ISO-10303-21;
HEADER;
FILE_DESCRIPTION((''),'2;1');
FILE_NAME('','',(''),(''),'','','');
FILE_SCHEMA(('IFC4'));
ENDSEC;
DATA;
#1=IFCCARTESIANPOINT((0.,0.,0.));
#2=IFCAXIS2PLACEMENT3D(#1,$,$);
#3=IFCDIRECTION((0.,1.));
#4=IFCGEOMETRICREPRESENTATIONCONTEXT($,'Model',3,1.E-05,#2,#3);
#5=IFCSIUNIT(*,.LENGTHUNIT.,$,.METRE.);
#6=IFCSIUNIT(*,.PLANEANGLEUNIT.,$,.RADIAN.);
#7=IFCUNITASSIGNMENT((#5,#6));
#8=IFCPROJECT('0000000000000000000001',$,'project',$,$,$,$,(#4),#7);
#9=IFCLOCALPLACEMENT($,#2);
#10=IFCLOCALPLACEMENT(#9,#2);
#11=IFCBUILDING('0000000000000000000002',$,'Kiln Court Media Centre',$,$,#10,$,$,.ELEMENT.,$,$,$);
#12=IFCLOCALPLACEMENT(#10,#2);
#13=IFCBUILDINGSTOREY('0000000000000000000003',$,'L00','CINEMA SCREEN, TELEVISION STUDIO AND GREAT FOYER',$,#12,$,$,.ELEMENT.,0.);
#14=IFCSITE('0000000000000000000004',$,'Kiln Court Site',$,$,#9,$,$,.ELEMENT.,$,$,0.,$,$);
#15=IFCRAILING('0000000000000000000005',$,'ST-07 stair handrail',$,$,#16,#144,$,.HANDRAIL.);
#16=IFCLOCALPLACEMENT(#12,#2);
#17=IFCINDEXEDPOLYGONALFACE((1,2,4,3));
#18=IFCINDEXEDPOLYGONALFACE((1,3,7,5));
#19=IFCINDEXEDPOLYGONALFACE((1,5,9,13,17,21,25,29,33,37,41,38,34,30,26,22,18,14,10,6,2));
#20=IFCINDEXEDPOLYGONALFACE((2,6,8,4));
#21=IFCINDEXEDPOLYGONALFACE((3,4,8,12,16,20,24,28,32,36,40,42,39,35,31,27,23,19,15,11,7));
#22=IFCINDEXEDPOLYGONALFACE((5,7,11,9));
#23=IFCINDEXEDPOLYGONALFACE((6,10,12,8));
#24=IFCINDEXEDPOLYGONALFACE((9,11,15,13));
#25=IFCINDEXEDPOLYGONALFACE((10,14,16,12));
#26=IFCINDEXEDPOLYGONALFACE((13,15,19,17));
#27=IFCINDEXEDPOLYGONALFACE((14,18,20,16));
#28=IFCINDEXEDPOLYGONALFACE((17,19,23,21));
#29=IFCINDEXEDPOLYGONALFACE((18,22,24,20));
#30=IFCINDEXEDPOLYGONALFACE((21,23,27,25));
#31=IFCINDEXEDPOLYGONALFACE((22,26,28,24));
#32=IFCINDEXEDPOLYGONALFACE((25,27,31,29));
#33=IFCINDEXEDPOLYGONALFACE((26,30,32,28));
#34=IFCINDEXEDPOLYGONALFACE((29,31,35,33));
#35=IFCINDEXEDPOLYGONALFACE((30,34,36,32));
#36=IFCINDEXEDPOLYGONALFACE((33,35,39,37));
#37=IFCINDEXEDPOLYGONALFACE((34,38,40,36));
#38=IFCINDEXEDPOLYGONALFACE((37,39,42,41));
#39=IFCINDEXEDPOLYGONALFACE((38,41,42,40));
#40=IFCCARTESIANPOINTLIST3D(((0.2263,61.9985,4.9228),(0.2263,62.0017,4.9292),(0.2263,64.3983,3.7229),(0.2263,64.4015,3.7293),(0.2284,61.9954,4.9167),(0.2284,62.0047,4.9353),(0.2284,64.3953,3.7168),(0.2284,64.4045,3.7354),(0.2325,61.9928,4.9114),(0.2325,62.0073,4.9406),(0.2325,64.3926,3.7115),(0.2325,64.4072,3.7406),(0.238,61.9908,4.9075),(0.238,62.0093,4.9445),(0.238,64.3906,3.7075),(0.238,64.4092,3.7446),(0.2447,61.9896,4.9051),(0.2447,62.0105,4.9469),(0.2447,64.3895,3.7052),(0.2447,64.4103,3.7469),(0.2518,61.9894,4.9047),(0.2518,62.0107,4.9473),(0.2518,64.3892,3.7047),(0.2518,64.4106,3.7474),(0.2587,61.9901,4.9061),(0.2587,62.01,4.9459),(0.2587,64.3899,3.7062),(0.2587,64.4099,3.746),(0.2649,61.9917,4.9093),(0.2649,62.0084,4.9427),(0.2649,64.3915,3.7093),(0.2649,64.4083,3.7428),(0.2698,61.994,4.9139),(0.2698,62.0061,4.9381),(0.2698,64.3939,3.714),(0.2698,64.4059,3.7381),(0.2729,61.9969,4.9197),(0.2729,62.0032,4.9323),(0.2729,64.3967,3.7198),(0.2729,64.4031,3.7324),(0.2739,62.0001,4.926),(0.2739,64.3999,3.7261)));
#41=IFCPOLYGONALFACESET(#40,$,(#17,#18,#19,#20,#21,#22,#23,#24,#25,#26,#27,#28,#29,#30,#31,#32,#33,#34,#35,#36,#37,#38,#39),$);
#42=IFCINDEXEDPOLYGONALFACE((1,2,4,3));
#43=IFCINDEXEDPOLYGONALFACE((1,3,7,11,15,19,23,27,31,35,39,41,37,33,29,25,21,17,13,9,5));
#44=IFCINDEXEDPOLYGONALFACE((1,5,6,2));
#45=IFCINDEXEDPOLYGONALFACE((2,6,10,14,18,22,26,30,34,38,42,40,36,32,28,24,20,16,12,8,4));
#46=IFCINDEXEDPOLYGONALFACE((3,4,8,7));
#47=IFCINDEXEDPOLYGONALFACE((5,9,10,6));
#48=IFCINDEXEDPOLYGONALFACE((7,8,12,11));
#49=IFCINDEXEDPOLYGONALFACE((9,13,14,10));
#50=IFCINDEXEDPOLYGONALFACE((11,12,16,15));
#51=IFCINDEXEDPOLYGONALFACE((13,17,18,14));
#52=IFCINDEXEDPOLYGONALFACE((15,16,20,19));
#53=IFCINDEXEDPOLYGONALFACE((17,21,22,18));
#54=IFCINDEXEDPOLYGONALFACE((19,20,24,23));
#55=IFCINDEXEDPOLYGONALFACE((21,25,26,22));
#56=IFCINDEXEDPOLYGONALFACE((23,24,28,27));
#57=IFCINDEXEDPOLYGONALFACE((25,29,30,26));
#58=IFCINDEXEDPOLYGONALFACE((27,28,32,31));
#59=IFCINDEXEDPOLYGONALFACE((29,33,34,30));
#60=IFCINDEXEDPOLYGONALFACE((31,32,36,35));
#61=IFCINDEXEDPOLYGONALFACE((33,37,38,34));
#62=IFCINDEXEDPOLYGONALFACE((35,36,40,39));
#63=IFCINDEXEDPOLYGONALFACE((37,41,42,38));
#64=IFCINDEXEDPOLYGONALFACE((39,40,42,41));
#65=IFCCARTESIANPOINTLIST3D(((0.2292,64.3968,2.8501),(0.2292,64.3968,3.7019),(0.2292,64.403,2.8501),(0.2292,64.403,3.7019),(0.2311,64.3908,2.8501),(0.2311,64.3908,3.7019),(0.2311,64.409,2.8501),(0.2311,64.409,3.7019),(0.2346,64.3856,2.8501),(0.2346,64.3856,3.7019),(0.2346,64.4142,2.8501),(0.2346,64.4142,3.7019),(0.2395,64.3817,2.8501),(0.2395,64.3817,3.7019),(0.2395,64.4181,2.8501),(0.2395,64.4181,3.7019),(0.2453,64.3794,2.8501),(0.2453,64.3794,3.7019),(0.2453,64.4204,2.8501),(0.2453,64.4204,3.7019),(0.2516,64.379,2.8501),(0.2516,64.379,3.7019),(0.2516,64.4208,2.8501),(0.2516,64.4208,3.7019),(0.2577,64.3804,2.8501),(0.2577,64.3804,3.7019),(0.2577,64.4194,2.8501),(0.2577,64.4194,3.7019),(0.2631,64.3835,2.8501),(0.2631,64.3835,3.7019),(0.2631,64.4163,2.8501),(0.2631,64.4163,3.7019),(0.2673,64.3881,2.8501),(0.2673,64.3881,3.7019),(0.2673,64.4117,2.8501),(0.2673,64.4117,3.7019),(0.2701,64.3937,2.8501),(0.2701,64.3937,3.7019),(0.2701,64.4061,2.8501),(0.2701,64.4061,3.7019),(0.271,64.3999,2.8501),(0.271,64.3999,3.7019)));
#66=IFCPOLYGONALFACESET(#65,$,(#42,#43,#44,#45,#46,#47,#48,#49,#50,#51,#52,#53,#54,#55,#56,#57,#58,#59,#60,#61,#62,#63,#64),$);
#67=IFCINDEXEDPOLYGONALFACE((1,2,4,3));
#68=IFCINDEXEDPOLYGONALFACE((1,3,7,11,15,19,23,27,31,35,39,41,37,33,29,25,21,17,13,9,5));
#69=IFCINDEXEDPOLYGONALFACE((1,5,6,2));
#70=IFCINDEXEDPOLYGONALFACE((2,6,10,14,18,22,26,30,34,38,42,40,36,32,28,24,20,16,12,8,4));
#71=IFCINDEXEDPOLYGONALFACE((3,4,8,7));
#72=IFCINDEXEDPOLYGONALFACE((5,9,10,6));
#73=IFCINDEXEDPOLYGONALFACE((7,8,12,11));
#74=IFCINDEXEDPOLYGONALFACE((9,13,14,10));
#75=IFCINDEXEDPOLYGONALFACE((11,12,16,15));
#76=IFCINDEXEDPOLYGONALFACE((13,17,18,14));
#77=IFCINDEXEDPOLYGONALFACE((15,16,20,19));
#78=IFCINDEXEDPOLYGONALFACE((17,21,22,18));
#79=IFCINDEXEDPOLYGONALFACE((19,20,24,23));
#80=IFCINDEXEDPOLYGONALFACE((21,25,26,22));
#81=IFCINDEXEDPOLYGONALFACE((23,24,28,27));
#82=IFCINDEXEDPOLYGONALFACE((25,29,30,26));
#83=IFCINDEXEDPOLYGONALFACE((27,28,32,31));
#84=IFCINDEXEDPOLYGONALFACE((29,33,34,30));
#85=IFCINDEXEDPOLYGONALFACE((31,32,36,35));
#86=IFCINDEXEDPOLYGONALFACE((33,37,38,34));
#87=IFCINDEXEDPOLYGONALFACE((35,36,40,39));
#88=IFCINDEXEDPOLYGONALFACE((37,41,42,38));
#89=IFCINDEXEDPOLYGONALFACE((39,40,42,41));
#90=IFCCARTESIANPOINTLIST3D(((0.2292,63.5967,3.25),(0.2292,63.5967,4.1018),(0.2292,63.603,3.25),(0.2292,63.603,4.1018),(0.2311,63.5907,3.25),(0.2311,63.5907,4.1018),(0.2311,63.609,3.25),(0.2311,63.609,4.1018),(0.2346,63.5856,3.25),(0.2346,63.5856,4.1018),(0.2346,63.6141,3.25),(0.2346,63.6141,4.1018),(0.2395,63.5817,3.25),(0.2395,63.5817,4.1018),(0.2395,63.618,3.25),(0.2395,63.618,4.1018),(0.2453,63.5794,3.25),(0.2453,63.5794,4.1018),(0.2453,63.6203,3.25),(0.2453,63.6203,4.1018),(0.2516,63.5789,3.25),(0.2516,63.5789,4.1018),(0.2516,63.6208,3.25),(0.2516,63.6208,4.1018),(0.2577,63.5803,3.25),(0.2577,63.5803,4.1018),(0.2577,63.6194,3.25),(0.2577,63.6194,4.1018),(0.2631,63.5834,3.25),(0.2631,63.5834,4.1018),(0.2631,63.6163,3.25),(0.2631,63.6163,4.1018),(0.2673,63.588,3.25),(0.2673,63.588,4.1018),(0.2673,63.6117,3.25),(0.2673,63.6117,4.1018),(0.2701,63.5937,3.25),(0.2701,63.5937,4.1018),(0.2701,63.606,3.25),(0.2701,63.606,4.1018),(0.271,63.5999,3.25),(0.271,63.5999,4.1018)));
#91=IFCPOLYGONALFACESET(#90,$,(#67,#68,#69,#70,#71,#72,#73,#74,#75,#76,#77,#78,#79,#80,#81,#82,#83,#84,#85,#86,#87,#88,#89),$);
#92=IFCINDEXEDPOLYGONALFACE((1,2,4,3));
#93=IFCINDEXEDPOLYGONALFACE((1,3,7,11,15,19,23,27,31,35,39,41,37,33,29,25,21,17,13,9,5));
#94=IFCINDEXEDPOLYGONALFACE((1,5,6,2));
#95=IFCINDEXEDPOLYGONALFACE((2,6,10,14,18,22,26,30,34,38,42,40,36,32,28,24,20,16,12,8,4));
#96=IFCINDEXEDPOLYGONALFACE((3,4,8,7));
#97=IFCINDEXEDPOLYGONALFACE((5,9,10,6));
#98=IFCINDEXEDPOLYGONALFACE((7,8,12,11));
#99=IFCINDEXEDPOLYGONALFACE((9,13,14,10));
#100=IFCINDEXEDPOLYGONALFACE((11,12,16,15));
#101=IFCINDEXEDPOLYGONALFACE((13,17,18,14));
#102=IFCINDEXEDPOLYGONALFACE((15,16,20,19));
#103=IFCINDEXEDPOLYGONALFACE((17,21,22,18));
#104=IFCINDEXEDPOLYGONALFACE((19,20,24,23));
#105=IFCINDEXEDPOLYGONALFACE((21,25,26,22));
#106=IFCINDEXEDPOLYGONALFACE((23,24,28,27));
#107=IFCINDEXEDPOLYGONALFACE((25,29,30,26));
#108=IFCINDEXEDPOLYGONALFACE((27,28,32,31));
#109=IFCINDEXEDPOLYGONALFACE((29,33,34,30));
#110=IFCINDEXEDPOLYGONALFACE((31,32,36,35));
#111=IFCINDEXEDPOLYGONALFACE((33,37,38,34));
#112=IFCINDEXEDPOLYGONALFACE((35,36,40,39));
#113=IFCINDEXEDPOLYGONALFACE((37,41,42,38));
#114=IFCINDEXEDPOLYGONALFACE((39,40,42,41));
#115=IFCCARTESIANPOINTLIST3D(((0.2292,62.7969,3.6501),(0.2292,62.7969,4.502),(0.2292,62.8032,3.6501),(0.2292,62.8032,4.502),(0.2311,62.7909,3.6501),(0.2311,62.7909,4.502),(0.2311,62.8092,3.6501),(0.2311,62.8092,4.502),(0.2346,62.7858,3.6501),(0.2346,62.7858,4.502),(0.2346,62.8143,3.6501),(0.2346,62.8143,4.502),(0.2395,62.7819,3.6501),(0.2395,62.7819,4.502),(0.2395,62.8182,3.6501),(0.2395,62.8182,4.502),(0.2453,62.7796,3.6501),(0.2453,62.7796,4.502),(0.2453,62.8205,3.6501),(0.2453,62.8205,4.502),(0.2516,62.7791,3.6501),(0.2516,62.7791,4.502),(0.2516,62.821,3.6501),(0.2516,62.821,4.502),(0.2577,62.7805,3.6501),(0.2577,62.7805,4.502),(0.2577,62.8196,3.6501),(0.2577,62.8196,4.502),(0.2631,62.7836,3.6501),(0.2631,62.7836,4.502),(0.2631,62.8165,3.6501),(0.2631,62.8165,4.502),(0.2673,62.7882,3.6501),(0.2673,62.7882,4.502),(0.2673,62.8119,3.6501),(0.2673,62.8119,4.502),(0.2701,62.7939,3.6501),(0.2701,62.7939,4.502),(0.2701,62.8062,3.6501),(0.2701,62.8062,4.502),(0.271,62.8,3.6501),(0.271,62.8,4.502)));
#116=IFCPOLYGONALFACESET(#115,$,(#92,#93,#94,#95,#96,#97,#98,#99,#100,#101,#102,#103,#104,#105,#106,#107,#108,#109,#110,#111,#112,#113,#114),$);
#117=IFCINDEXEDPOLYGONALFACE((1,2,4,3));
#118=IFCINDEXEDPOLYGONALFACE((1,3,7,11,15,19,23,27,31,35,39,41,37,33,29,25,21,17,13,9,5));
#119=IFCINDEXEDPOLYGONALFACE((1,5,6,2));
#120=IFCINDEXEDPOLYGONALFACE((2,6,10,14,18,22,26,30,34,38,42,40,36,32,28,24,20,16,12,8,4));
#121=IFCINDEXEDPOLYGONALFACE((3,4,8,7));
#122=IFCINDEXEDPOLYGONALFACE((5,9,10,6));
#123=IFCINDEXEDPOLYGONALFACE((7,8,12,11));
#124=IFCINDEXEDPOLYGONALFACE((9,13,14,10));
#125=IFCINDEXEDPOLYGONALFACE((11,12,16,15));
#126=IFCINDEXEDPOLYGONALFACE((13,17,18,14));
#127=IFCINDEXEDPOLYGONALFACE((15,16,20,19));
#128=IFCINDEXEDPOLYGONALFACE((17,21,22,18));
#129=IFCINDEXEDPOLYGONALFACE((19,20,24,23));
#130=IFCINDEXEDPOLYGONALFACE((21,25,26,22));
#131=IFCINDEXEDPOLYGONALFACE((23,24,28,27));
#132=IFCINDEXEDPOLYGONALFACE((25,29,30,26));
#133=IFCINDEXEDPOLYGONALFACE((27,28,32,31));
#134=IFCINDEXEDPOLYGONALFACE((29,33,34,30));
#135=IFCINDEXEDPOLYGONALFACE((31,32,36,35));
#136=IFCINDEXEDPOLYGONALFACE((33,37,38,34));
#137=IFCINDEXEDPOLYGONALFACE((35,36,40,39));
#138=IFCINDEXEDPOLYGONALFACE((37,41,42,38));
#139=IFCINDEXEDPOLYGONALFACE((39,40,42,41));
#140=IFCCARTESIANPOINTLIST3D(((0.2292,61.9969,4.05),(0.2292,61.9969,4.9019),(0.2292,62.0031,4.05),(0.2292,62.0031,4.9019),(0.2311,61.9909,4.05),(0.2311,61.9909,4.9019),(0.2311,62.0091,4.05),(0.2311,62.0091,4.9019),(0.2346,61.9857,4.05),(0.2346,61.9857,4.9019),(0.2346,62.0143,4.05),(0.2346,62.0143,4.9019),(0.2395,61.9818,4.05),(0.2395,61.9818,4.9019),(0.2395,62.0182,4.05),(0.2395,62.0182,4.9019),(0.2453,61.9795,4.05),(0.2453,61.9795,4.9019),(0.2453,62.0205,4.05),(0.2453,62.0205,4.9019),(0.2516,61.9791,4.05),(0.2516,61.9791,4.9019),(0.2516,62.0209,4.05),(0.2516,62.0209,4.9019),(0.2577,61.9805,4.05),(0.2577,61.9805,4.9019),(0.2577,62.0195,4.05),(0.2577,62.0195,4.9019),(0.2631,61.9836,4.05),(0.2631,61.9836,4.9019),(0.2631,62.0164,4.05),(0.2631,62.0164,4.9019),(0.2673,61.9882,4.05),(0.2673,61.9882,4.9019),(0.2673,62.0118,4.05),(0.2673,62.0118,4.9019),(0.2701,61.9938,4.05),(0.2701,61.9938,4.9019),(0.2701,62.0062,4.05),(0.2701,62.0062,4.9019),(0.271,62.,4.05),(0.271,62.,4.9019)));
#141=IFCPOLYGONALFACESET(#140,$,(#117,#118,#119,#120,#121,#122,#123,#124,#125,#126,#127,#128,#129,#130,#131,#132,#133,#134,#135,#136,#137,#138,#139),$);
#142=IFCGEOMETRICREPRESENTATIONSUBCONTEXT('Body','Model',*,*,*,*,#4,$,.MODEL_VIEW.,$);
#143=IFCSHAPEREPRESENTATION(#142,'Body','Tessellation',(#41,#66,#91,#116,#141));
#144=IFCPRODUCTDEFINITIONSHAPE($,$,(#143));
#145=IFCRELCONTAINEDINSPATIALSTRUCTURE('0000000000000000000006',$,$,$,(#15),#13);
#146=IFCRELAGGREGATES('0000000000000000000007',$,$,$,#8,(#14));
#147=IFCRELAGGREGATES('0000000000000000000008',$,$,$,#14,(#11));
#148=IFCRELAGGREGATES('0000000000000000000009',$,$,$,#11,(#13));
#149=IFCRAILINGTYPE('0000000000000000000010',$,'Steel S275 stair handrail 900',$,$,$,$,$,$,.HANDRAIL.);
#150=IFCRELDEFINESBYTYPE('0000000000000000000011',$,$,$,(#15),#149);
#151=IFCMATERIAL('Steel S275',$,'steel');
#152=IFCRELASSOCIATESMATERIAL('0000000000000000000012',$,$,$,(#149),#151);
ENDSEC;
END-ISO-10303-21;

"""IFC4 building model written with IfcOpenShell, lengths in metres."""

from ifc_helpers import new_model, si_unit, direction, frame, origin, origin_2d, place, context, subcontext, project, spatial, circle, extrude, material, type_object, element, save


model = new_model("IFC4")

# Units and contexts
model_context = context("Model", 3, precision=1e-05, world=origin(), true_north=direction((0.0, 1.0)))
body_context = subcontext(model_context, "Body", "Model", "MODEL_VIEW")
ifc_project = project(units=[si_unit("LENGTHUNIT", "METRE"), si_unit("PLANEANGLEUNIT", "RADIAN")], contexts=[model_context])

# Site, building, storey
site_placement = place(None, origin())
site = spatial("IfcSite", under=ifc_project, at=site_placement, Name="Kiln Court Site", CompositionType="ELEMENT", RefElevation=0.0)
building_placement = place(site_placement, origin())
building = spatial("IfcBuilding", under=site, at=building_placement, Name="Kiln Court Media Centre", CompositionType="ELEMENT")
storey_placement = place(building_placement, origin())
storey = spatial("IfcBuildingStorey", under=building, at=storey_placement, Name="L00", Description="CINEMA SCREEN, TELEVISION STUDIO AND GREAT FOYER", CompositionType="ELEMENT", Elevation=0.0)

# Railing
ifc_material_1 = material(Name="Steel S275", Category="steel")
railing_type_1 = type_object("IfcRailingType", Name="Steel S275 stair handrail 900", PredefinedType="HANDRAIL", material=ifc_material_1)
railing_1_placement = place(storey_placement, frame((0.25, 64.3999, 2.8501)))
element("IfcRailing", 1, at=railing_1_placement, inside=storey, type_object=railing_type_1, Name="ST-07 stair handrail", PredefinedType="HANDRAIL", context=body_context, shape_type="SweptSolid", body=[
    extrude(circle(Radius=0.0239, at=origin_2d()), frame((0.0, 0.0, 0.876), z_axis=(0.0, -0.894427, 0.447214), x_axis=(1.0, 0.0, 0.0)), (0.0, 0.0, 1.0), 2.6831),
    extrude(circle(Radius=0.021, at=origin_2d()), origin(), (0.0, 0.0, 1.0), 0.8518),
    extrude(circle(Radius=0.021, at=origin_2d()), frame((0.0, -0.8, 0.3999)), (0.0, 0.0, 1.0), 0.8518),
    extrude(circle(Radius=0.021, at=origin_2d()), frame((0.0, -1.5999, 0.8)), (0.0, 0.0, 1.0), 0.8518),
    extrude(circle(Radius=0.021, at=origin_2d()), frame((0.0, -2.3999, 1.2)), (0.0, 0.0, 1.0), 0.8518),
])

save(model, "model.ifc")
